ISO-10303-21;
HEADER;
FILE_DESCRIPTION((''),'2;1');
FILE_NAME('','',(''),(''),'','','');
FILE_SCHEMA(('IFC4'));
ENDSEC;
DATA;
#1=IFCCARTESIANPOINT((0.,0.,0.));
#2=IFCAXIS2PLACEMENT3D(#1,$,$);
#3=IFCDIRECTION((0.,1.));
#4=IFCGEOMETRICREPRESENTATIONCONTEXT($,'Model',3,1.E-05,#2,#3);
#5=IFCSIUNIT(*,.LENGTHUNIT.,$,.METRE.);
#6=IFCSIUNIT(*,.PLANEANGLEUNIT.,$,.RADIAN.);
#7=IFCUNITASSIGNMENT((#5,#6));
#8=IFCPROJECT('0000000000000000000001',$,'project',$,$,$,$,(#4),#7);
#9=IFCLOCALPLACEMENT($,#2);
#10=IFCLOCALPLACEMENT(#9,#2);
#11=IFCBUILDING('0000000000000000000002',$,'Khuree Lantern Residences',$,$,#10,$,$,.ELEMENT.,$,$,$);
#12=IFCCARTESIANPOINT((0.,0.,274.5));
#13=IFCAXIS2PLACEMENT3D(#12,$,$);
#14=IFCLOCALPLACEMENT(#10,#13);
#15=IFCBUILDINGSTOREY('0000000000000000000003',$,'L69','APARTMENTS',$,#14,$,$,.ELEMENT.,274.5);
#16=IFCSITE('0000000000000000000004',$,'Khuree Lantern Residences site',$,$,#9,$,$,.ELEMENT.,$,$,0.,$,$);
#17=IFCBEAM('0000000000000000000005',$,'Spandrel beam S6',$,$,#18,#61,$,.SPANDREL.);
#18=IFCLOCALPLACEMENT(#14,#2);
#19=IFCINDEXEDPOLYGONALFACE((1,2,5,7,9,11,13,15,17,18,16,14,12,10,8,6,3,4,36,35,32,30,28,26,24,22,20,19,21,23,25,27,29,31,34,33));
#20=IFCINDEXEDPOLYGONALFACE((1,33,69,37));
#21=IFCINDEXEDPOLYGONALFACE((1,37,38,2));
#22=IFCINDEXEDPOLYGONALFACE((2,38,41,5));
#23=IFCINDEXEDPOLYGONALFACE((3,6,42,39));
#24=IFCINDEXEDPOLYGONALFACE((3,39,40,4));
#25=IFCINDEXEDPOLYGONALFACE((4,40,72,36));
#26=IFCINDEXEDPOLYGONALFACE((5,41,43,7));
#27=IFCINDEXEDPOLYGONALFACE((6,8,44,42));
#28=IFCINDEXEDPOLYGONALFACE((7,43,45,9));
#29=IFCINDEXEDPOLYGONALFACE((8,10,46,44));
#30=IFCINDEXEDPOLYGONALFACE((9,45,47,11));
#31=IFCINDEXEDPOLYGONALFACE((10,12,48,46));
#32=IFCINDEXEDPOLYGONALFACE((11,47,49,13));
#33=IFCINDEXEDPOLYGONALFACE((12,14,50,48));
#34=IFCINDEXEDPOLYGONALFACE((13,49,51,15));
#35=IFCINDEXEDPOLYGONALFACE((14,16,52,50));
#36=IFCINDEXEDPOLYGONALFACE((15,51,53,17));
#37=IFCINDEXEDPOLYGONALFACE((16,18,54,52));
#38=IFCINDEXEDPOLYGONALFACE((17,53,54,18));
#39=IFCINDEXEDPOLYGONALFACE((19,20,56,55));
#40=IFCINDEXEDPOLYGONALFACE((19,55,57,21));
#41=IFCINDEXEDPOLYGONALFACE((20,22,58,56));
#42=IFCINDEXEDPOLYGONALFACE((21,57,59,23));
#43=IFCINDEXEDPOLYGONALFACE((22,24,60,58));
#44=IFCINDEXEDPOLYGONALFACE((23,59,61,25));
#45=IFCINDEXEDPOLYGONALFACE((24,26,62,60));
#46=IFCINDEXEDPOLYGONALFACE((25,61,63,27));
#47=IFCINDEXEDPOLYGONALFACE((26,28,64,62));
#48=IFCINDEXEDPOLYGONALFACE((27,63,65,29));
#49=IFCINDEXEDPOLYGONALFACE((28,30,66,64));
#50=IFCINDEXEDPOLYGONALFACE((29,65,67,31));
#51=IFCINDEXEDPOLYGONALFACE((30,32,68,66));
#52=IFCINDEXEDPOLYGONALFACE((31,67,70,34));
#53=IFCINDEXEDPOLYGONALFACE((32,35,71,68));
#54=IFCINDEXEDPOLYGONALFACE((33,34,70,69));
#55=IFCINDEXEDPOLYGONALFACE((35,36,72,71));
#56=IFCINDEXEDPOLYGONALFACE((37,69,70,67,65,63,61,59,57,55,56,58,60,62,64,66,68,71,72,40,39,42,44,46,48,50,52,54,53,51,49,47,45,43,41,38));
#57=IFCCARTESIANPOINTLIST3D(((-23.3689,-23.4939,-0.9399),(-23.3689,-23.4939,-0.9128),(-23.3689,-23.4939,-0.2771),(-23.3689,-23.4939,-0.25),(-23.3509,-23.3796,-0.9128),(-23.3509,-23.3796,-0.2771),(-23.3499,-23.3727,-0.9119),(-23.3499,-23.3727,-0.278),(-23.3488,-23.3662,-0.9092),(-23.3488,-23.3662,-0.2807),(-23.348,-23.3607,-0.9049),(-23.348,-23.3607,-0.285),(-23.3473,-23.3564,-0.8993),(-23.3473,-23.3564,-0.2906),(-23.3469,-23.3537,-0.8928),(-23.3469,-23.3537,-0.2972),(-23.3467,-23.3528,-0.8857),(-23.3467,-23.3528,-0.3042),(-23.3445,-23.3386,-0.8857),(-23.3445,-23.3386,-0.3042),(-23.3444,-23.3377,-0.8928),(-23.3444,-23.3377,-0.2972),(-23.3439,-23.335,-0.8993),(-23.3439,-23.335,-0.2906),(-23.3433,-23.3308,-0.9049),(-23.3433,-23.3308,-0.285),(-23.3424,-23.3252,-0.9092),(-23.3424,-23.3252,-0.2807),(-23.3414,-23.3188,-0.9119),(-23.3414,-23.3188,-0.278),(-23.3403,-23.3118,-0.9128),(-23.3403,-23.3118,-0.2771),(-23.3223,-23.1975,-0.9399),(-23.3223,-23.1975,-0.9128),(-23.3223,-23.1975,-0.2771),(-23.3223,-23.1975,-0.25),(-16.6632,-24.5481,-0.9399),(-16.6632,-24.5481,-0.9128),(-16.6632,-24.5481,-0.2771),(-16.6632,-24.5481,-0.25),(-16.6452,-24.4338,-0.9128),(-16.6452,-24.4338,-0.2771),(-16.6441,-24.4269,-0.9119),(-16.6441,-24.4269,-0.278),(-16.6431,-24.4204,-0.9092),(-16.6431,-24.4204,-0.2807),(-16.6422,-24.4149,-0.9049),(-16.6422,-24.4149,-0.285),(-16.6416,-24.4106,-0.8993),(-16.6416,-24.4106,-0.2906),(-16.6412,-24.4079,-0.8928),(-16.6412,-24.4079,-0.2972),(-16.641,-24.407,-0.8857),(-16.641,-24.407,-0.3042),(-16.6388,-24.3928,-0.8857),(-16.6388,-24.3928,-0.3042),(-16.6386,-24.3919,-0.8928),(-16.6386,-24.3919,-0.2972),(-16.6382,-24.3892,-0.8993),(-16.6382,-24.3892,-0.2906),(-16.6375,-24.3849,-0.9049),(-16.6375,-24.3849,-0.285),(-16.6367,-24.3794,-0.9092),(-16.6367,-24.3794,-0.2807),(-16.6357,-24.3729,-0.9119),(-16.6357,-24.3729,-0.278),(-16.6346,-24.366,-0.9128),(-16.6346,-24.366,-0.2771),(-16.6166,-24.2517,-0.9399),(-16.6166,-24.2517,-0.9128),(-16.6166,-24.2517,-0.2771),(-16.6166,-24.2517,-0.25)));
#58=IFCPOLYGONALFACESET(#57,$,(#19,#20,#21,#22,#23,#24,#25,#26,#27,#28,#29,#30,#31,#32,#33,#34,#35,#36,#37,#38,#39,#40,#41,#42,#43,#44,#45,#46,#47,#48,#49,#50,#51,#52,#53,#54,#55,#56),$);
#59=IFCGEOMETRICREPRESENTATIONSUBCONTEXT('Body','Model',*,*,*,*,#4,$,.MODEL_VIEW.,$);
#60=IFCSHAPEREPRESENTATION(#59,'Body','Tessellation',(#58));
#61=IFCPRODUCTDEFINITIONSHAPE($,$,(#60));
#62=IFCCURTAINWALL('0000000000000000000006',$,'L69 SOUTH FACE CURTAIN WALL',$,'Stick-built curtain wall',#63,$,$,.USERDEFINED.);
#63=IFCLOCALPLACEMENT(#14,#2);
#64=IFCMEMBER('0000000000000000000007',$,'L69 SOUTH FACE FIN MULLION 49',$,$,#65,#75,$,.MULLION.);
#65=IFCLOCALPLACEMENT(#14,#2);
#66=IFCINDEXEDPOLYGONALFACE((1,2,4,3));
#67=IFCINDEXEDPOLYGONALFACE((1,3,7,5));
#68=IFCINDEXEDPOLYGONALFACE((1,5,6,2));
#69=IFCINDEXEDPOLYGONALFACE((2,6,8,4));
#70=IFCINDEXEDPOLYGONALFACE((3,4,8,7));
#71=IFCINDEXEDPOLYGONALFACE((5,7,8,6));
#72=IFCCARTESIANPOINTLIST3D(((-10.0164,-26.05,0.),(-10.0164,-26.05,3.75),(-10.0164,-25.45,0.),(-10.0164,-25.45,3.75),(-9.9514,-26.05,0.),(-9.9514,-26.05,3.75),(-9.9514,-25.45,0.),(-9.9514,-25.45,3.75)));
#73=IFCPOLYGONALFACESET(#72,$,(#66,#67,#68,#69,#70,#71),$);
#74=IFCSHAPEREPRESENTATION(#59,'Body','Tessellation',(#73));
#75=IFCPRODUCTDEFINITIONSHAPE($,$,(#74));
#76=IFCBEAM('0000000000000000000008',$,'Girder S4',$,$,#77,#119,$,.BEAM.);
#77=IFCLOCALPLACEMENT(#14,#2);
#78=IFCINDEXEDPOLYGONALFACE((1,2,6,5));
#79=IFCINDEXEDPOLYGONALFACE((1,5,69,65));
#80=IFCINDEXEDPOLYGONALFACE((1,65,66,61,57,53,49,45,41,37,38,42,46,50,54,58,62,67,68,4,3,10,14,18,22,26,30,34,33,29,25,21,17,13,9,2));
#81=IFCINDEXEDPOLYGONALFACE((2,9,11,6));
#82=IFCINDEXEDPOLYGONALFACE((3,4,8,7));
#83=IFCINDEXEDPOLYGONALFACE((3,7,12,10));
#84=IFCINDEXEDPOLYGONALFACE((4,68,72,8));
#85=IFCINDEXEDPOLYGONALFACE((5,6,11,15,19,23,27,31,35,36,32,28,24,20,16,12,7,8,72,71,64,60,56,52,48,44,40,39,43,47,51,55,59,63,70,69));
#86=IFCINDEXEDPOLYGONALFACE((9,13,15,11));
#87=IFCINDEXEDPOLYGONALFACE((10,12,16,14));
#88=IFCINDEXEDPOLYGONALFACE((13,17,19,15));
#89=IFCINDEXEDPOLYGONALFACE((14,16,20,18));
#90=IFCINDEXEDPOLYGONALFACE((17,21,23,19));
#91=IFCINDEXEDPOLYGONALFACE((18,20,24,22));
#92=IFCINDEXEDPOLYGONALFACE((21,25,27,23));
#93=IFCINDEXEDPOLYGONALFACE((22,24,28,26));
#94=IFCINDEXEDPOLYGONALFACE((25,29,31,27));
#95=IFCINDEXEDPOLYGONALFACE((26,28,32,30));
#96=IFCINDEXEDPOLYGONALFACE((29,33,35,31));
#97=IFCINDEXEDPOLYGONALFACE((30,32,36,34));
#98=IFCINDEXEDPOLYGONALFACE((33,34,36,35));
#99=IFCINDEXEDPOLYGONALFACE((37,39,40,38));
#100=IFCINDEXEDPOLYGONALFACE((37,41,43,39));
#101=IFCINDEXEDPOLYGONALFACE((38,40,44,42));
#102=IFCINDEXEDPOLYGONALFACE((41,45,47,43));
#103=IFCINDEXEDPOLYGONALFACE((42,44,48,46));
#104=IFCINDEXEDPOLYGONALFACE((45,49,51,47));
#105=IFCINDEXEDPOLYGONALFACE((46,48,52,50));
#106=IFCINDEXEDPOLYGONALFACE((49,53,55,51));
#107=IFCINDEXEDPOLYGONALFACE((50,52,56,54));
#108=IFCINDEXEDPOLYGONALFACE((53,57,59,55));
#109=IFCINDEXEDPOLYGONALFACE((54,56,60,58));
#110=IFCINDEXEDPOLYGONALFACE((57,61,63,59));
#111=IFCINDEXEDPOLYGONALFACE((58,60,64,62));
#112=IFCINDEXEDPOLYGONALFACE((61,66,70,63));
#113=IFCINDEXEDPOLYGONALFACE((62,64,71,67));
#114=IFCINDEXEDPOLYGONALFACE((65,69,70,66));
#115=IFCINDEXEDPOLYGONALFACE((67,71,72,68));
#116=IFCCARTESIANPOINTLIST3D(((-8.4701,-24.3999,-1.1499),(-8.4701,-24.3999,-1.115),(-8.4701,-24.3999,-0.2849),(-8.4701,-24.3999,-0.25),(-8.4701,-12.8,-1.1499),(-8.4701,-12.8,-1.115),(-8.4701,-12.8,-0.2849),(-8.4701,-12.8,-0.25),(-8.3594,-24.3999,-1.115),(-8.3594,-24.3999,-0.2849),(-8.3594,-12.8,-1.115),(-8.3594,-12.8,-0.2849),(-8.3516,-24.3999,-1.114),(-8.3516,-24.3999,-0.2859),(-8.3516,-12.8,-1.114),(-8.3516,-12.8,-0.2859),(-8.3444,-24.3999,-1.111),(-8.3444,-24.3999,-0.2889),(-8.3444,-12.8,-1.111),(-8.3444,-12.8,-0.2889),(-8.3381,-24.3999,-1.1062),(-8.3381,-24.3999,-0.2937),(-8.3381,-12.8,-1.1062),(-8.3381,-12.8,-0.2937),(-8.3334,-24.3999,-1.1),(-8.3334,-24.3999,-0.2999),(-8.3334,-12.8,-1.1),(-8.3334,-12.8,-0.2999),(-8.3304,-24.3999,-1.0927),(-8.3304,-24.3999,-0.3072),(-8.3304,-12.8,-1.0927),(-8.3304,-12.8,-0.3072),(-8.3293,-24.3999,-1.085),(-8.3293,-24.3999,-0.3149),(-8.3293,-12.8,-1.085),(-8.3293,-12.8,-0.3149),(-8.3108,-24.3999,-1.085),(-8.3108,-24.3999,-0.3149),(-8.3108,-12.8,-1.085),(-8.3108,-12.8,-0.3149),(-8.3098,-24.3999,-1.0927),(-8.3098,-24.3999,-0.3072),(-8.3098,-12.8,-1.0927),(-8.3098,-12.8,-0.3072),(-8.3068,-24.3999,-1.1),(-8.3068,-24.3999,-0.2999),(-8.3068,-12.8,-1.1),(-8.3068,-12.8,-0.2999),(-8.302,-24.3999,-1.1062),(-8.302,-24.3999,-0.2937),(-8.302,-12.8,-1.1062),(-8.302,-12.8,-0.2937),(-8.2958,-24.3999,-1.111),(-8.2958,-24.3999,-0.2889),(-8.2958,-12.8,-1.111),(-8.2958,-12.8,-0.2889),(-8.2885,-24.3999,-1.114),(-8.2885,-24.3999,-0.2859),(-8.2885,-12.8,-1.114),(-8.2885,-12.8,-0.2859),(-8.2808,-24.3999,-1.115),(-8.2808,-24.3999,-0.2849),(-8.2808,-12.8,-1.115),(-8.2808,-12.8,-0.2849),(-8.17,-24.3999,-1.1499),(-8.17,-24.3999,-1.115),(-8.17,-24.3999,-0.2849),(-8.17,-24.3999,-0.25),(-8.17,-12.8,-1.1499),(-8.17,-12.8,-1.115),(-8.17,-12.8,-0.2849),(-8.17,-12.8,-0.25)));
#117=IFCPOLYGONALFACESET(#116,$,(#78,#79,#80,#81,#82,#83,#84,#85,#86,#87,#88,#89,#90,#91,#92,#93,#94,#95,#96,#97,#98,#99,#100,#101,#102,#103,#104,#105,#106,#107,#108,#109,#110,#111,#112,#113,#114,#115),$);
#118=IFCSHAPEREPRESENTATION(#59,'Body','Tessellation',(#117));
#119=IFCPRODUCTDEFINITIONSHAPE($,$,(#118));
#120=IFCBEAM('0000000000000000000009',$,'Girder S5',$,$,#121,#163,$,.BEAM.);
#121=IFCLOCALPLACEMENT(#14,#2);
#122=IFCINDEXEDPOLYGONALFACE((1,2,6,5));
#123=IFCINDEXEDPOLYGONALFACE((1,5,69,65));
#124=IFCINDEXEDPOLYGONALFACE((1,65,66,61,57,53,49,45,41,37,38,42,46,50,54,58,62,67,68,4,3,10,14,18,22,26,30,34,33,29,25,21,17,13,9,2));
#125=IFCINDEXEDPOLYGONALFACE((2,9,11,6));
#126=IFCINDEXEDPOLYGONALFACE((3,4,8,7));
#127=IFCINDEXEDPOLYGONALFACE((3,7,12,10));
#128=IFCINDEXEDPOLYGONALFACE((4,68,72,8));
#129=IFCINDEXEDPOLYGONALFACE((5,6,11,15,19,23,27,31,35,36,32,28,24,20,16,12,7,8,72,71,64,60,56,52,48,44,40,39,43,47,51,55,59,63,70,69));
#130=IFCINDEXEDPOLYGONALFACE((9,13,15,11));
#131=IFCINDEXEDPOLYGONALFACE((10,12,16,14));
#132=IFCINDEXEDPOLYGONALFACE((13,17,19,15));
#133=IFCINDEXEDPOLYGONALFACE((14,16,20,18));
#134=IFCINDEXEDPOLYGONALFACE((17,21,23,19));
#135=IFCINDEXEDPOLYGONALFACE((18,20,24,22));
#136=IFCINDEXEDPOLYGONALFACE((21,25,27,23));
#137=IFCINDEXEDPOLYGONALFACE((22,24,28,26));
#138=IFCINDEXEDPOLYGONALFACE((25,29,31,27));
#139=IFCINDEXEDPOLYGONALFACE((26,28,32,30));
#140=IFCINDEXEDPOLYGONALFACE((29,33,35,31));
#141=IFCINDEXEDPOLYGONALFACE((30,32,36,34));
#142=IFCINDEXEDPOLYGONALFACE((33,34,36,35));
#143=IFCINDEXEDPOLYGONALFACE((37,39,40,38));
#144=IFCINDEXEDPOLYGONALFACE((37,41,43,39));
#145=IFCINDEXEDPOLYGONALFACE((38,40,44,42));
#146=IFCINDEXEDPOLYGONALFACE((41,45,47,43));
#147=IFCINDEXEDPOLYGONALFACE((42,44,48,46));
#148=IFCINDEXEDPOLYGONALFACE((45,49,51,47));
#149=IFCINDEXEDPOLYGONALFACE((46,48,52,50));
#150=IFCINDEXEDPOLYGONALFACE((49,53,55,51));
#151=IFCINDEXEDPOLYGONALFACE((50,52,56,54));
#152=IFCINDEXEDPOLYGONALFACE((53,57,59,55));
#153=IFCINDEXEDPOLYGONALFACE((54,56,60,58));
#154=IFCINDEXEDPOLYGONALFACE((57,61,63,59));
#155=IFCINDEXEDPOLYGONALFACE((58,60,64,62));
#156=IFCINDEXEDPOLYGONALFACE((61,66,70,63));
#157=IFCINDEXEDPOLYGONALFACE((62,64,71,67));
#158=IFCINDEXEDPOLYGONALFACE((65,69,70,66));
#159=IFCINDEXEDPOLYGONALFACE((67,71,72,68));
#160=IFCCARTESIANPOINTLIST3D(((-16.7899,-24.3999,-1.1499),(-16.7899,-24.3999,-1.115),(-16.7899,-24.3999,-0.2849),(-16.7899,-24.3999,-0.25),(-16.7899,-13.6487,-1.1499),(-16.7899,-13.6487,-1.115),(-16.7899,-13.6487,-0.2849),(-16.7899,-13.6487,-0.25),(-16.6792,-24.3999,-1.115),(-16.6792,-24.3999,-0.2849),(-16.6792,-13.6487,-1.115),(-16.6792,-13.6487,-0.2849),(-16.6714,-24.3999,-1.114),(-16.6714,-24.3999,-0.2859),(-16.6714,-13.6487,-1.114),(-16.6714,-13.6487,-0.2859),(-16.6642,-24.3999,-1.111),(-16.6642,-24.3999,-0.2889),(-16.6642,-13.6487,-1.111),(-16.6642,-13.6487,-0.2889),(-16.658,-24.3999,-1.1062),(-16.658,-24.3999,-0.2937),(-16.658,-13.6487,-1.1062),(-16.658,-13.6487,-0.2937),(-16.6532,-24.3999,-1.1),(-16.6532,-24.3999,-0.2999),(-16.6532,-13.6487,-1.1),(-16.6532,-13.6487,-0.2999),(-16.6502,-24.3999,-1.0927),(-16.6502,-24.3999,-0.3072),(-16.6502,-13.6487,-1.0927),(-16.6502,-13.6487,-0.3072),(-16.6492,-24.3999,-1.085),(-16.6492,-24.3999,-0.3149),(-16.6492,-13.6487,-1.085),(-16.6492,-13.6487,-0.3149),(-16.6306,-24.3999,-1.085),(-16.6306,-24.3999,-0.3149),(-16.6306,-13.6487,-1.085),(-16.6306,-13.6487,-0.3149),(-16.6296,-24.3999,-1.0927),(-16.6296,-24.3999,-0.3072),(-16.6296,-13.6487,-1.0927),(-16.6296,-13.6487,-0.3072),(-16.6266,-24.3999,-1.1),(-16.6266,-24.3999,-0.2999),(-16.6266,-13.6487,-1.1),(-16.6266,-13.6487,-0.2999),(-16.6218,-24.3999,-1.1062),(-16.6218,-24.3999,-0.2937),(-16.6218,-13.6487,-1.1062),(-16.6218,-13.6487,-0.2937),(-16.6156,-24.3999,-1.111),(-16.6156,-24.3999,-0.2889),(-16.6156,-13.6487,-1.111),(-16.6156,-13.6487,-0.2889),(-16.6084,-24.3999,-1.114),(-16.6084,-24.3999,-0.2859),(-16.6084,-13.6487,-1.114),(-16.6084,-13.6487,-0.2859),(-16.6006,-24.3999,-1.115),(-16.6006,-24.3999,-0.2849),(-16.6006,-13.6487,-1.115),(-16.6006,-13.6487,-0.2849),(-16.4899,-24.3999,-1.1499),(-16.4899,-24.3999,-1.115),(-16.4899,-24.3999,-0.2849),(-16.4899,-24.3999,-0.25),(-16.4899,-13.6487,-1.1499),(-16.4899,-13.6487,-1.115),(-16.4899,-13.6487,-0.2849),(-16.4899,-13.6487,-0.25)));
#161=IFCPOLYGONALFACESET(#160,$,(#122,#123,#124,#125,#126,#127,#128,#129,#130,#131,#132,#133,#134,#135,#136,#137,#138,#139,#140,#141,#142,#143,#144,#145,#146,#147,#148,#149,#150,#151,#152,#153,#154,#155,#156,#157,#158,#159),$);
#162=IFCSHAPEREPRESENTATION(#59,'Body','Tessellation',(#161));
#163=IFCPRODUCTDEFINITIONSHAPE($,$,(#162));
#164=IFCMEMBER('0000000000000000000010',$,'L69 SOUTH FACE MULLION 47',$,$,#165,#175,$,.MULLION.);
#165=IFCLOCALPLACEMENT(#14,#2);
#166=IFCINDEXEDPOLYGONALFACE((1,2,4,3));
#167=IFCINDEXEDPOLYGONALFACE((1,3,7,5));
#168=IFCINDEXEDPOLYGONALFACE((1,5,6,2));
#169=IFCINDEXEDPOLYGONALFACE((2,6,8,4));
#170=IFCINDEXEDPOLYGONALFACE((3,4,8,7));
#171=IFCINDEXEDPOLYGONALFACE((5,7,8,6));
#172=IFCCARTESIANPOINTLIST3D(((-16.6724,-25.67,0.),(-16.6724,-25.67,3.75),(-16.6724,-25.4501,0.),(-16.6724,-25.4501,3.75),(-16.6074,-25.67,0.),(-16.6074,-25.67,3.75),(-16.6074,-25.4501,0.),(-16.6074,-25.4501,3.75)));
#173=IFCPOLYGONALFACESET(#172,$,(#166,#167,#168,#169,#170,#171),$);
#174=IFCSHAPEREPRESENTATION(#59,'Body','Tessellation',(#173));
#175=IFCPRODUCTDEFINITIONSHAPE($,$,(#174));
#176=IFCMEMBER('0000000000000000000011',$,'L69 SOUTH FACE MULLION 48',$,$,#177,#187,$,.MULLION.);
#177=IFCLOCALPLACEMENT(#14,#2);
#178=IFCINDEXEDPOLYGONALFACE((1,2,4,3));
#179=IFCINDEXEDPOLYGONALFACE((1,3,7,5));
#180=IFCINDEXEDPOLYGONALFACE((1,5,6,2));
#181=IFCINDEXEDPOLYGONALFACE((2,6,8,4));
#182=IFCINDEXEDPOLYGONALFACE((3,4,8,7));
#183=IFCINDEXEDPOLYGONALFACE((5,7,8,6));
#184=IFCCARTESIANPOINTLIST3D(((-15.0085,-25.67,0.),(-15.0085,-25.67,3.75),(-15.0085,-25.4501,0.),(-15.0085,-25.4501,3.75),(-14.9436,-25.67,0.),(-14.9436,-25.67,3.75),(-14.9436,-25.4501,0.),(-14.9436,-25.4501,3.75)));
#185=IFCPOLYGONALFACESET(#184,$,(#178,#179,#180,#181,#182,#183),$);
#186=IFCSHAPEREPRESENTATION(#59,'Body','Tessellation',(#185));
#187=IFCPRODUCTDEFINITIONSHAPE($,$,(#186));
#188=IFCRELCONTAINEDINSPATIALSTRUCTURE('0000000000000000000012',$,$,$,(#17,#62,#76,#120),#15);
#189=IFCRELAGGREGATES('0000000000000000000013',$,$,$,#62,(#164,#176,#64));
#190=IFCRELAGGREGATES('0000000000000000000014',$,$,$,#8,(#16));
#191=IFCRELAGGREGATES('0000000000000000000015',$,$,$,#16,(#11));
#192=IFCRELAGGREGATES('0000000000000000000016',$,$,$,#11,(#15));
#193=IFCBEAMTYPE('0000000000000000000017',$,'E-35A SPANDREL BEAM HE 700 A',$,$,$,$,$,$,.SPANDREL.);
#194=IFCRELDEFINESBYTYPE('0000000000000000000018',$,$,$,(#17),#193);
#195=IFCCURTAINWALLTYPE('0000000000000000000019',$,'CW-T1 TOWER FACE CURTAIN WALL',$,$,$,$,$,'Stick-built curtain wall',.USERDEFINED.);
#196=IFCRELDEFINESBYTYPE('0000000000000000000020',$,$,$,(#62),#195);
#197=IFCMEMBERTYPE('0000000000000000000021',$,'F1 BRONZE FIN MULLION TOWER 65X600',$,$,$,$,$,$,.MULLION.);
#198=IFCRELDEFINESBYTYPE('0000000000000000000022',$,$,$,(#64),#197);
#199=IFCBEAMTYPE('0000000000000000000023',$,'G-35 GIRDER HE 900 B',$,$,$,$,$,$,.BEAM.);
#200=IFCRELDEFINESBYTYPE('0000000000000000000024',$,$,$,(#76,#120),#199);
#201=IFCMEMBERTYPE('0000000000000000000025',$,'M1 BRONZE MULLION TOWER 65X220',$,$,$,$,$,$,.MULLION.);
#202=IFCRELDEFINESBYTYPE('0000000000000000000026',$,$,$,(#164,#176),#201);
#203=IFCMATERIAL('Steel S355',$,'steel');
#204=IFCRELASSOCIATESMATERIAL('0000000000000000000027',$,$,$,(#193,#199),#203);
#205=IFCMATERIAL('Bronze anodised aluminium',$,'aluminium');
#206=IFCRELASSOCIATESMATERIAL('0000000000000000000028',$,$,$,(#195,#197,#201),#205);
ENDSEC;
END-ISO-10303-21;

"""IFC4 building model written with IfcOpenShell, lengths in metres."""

from ifc_helpers import new_model, si_unit, direction, frame, origin, origin_2d, place, context, subcontext, project, spatial, rectangle, i_section, extrude, material, material_profile, profile_set, type_object, element, aggregate, save


model = new_model("IFC4")

# Units and contexts
model_context = context("Model", 3, precision=1e-05, world=origin(), true_north=direction((0.0, 1.0)))
body_context = subcontext(model_context, "Body", "Model", "MODEL_VIEW")
ifc_project = project(units=[si_unit("LENGTHUNIT", "METRE"), si_unit("PLANEANGLEUNIT", "RADIAN")], contexts=[model_context])

# Site, building, storey
site_placement = place(None, origin())
site = spatial("IfcSite", under=ifc_project, at=site_placement, Name="Khuree Lantern Residences site", CompositionType="ELEMENT", RefElevation=0.0)
building_placement = place(site_placement, origin())
building = spatial("IfcBuilding", under=site, at=building_placement, Name="Khuree Lantern Residences", CompositionType="ELEMENT")
storey_placement = place(building_placement, frame((0.0, 0.0, 274.5)))
storey = spatial("IfcBuildingStorey", under=building, at=storey_placement, Name="L69", Description="APARTMENTS", CompositionType="ELEMENT", Elevation=274.5)

# Beam
ifc_material_1 = material(Name="Steel S355", Category="steel")
ifc_material_profile_1 = material_profile(ifc_material_1, i_section(OverallWidth=0.3, OverallDepth=0.6899, WebThickness=0.0144, FlangeThickness=0.0271, FilletRadius=0.0271, at=origin_2d()), Name="HE 700 A")
ifc_profile_set_1 = profile_set([ifc_material_profile_1], Name="Steel S355")
beam_type_1 = type_object("IfcBeamType", Name="E-35A SPANDREL BEAM HE 700 A", PredefinedType="SPANDREL", material=ifc_profile_set_1)
beam_1_placement = place(storey_placement, frame((-16.6399, -24.3999, -0.595), z_axis=(-0.987867, 0.1553, 0.0), x_axis=(-0.1553, -0.987867, 0.0)))
element("IfcBeam", 1, at=beam_1_placement, inside=storey, type_object=beam_type_1, Name="Spandrel beam S6", PredefinedType="SPANDREL", context=body_context, shape_type="SweptSolid", body=[
    extrude(i_section(OverallWidth=0.3, OverallDepth=0.6899, WebThickness=0.0144, FlangeThickness=0.0271, FilletRadius=0.0271, at=origin_2d()), origin(), (0.0, 0.0, 1.0), 6.7881),
])

# Curtain wall, member
ifc_material_2 = material(Name="Bronze anodised aluminium", Category="aluminium")
curtain_wall_type = type_object("IfcCurtainWallType", Name="CW-T1 TOWER FACE CURTAIN WALL", ElementType="Stick-built curtain wall", PredefinedType="USERDEFINED", material=ifc_material_2)
curtain_wall_placement = place(storey_placement, origin())
curtain_wall = element("IfcCurtainWall", 2, at=curtain_wall_placement, inside=storey, type_object=curtain_wall_type, Name="L69 SOUTH FACE CURTAIN WALL", ObjectType="Stick-built curtain wall", PredefinedType="USERDEFINED")
ifc_material_profile_2 = material_profile(ifc_material_2, rectangle(XDim=0.0649, YDim=0.6001, at=origin_2d()), Name="F1 65X600")
ifc_profile_set_2 = profile_set([ifc_material_profile_2], Name="Bronze anodised aluminium")
member_type_1 = type_object("IfcMemberType", Name="F1 BRONZE FIN MULLION TOWER 65X600", PredefinedType="MULLION", material=ifc_profile_set_2)
member_1_placement = place(storey_placement, frame((-9.9839, -25.75, 0.0), z_axis=(0.0, 0.0, 1.0), x_axis=(1.0, 0.0, 0.0)))
member_1 = element("IfcMember", 3, at=member_1_placement, type_object=member_type_1, Name="L69 SOUTH FACE FIN MULLION 49", PredefinedType="MULLION", context=body_context, shape_type="SweptSolid", body=[
    extrude(rectangle(XDim=0.0649, YDim=0.6001, at=origin_2d()), origin(), (0.0, 0.0, 1.0), 3.75),
])

# Beams
ifc_material_profile_3 = material_profile(ifc_material_1, i_section(OverallWidth=0.3, OverallDepth=0.8999, WebThickness=0.0186, FlangeThickness=0.0349, FilletRadius=0.03, at=origin_2d()), Name="HE 900 B")
ifc_profile_set_3 = profile_set([ifc_material_profile_3], Name="Steel S355")
beam_type_2 = type_object("IfcBeamType", Name="G-35 GIRDER HE 900 B", PredefinedType="BEAM", material=ifc_profile_set_3)
beam_2_placement = place(storey_placement, frame((-8.3201, -24.3999, -0.7), z_axis=(0.0, 1.0, 0.0), x_axis=(-1.0, 0.0, 0.0)))
element("IfcBeam", 4, at=beam_2_placement, inside=storey, type_object=beam_type_2, Name="Girder S4", PredefinedType="BEAM", context=body_context, shape_type="SweptSolid", body=[
    extrude(i_section(OverallWidth=0.3, OverallDepth=0.8999, WebThickness=0.0186, FlangeThickness=0.0349, FilletRadius=0.03, at=origin_2d()), origin(), (0.0, 0.0, 1.0), 11.5999),
])
beam_3_placement = place(storey_placement, frame((-16.6399, -24.3999, -0.7), z_axis=(0.0, 1.0, 0.0), x_axis=(-1.0, 0.0, 0.0)))
element("IfcBeam", 5, at=beam_3_placement, inside=storey, type_object=beam_type_2, Name="Girder S5", PredefinedType="BEAM", context=body_context, shape_type="SweptSolid", body=[
    extrude(i_section(OverallWidth=0.3, OverallDepth=0.8999, WebThickness=0.0186, FlangeThickness=0.0349, FilletRadius=0.03, at=origin_2d()), origin(), (0.0, 0.0, 1.0), 10.7512),
])

# Members
ifc_material_profile_4 = material_profile(ifc_material_2, rectangle(XDim=0.0649, YDim=0.22, at=origin_2d()), Name="M1 65X220")
ifc_profile_set_4 = profile_set([ifc_material_profile_4], Name="Bronze anodised aluminium")
member_type_2 = type_object("IfcMemberType", Name="M1 BRONZE MULLION TOWER 65X220", PredefinedType="MULLION", material=ifc_profile_set_4)
member_2_placement = place(storey_placement, frame((-16.6399, -25.5601, 0.0), z_axis=(0.0, 0.0, 1.0), x_axis=(1.0, 0.0, 0.0)))
member_2 = element("IfcMember", 6, at=member_2_placement, type_object=member_type_2, Name="L69 SOUTH FACE MULLION 47", PredefinedType="MULLION", context=body_context, shape_type="SweptSolid", body=[
    extrude(rectangle(XDim=0.0649, YDim=0.22, at=origin_2d()), origin(), (0.0, 0.0, 1.0), 3.75),
])
member_3_placement = place(storey_placement, frame((-14.9761, -25.5601, 0.0), z_axis=(0.0, 0.0, 1.0), x_axis=(1.0, 0.0, 0.0)))
member_3 = element("IfcMember", 7, at=member_3_placement, type_object=member_type_2, Name="L69 SOUTH FACE MULLION 48", PredefinedType="MULLION", context=body_context, shape_type="SweptSolid", body=[
    extrude(rectangle(XDim=0.0649, YDim=0.22, at=origin_2d()), origin(), (0.0, 0.0, 1.0), 3.75),
])

aggregate(curtain_wall, [member_2, member_3, member_1])

save(model, "model.ifc")
